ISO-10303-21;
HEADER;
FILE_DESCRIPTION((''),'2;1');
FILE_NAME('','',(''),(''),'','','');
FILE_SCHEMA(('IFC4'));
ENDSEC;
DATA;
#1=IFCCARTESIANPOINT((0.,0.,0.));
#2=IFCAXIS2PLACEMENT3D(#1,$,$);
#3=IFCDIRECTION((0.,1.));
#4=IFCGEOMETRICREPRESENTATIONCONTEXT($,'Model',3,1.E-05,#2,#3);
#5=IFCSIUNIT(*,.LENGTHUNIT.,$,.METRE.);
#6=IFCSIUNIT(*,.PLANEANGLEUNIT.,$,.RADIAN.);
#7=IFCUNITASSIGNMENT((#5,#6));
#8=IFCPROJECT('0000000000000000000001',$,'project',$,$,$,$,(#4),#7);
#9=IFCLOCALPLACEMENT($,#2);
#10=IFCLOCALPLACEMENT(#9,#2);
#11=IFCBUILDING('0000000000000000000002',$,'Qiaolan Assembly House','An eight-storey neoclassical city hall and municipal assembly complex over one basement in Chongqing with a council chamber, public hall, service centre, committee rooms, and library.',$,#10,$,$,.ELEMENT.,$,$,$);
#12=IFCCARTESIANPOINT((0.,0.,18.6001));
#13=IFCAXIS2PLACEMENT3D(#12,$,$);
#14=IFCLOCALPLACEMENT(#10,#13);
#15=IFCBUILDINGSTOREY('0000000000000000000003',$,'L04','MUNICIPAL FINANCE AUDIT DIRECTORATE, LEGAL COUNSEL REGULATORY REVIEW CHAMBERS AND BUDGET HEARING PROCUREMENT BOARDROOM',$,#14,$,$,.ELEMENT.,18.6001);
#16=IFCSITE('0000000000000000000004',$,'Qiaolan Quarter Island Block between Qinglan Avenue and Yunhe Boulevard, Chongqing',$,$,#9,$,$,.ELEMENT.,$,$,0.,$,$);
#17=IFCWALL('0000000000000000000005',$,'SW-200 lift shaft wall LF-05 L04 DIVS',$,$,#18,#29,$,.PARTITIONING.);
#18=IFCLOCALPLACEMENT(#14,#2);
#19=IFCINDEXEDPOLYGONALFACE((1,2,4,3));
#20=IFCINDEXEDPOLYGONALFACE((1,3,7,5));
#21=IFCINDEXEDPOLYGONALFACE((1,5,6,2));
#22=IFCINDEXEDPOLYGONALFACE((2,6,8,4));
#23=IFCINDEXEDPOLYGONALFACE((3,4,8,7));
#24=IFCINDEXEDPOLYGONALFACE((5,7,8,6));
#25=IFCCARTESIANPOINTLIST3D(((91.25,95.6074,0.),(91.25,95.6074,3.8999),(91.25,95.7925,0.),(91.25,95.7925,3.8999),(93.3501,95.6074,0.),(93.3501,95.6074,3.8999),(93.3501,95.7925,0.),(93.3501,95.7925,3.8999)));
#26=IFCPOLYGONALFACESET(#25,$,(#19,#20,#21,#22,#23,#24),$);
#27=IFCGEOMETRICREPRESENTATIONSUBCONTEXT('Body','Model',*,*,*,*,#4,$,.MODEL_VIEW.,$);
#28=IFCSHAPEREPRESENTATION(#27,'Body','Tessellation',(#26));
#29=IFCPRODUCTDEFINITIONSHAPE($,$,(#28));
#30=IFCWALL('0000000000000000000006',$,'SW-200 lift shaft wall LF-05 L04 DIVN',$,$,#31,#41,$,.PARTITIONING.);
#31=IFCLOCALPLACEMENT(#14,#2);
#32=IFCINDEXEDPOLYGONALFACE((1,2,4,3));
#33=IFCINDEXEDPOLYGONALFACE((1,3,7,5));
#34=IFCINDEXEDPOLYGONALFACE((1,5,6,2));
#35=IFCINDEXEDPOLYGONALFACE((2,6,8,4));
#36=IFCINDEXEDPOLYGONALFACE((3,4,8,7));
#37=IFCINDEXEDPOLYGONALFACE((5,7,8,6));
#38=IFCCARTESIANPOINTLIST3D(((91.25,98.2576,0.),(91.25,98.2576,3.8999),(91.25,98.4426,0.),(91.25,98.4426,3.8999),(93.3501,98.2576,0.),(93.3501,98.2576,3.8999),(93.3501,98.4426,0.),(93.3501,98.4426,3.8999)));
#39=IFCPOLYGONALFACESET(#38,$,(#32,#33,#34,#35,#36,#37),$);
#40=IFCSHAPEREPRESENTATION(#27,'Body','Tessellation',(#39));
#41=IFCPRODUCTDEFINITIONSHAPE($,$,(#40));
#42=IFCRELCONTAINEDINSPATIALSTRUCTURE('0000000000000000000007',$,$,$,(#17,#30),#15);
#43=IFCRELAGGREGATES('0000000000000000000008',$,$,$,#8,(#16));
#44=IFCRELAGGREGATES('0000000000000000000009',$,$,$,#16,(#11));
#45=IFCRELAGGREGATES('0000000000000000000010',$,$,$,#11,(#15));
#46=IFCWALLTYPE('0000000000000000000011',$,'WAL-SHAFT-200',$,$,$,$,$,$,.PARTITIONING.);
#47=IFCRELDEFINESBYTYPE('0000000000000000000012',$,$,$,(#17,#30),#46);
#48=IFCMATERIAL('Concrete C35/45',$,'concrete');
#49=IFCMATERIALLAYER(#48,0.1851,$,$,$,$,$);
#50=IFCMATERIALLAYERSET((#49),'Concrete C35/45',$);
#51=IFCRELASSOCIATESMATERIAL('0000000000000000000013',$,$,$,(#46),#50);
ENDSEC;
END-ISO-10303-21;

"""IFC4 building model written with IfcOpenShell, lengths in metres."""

from ifc_helpers import new_model, si_unit, direction, frame, frame_2d, origin, place, context, subcontext, project, spatial, rectangle, extrude, material, layer, layer_set, type_object, element, save


model = new_model("IFC4")

# Units and contexts
model_context = context("Model", 3, precision=1e-05, world=origin(), true_north=direction((0.0, 1.0)))
body_context = subcontext(model_context, "Body", "Model", "MODEL_VIEW")
ifc_project = project(units=[si_unit("LENGTHUNIT", "METRE"), si_unit("PLANEANGLEUNIT", "RADIAN")], contexts=[model_context])

# Site, building, storey
site_placement = place(None, origin())
site = spatial("IfcSite", under=ifc_project, at=site_placement, Name="Qiaolan Quarter Island Block between Qinglan Avenue and Yunhe Boulevard, Chongqing", CompositionType="ELEMENT", RefElevation=0.0)
building_placement = place(site_placement, origin())
building = spatial("IfcBuilding", under=site, at=building_placement, Name="Qiaolan Assembly House", Description="An eight-storey neoclassical city hall and municipal assembly complex over one basement in Chongqing with a council chamber, public hall, service centre, committee rooms, and library.", CompositionType="ELEMENT")
storey_placement = place(building_placement, frame((0.0, 0.0, 18.6001)))
storey = spatial("IfcBuildingStorey", under=building, at=storey_placement, Name="L04", Description="MUNICIPAL FINANCE AUDIT DIRECTORATE, LEGAL COUNSEL REGULATORY REVIEW CHAMBERS AND BUDGET HEARING PROCUREMENT BOARDROOM", CompositionType="ELEMENT", Elevation=18.6001)

# Shared definitions
ifc_material_1 = material(Name="Concrete C35/45", Category="concrete")

# Walls
ifc_layer_1 = layer(ifc_material_1, 0.1851)
ifc_layer_set_1 = layer_set([ifc_layer_1], Name="Concrete C35/45")
wall_type_1 = type_object("IfcWallType", Name="WAL-SHAFT-200", PredefinedType="PARTITIONING", material=ifc_layer_set_1)
for number, where, z_axis, x_axis, name in (
    (1, (91.25, 95.7, 0.0), (0.0, 0.0, 1.0), (1.0, 0.0, 0.0), "SW-200 lift shaft wall LF-05 L04 DIVS"),
    (2, (91.25, 98.3501, 0.0), (0.0, 0.0, 1.0), (1.0, 0.0, 0.0), "SW-200 lift shaft wall LF-05 L04 DIVN"),
):
    element("IfcWall", number, at=place(storey_placement, frame(where, z_axis=z_axis, x_axis=x_axis)), inside=storey, type_object=wall_type_1, Name=name, PredefinedType="PARTITIONING", context=body_context, shape_type="SweptSolid", body=[
        extrude(rectangle(XDim=2.1001, YDim=0.1851, at=frame_2d((1.05, 0.0))), origin(), (0.0, 0.0, 1.0), 3.8999),
    ])

save(model, "model.ifc")
